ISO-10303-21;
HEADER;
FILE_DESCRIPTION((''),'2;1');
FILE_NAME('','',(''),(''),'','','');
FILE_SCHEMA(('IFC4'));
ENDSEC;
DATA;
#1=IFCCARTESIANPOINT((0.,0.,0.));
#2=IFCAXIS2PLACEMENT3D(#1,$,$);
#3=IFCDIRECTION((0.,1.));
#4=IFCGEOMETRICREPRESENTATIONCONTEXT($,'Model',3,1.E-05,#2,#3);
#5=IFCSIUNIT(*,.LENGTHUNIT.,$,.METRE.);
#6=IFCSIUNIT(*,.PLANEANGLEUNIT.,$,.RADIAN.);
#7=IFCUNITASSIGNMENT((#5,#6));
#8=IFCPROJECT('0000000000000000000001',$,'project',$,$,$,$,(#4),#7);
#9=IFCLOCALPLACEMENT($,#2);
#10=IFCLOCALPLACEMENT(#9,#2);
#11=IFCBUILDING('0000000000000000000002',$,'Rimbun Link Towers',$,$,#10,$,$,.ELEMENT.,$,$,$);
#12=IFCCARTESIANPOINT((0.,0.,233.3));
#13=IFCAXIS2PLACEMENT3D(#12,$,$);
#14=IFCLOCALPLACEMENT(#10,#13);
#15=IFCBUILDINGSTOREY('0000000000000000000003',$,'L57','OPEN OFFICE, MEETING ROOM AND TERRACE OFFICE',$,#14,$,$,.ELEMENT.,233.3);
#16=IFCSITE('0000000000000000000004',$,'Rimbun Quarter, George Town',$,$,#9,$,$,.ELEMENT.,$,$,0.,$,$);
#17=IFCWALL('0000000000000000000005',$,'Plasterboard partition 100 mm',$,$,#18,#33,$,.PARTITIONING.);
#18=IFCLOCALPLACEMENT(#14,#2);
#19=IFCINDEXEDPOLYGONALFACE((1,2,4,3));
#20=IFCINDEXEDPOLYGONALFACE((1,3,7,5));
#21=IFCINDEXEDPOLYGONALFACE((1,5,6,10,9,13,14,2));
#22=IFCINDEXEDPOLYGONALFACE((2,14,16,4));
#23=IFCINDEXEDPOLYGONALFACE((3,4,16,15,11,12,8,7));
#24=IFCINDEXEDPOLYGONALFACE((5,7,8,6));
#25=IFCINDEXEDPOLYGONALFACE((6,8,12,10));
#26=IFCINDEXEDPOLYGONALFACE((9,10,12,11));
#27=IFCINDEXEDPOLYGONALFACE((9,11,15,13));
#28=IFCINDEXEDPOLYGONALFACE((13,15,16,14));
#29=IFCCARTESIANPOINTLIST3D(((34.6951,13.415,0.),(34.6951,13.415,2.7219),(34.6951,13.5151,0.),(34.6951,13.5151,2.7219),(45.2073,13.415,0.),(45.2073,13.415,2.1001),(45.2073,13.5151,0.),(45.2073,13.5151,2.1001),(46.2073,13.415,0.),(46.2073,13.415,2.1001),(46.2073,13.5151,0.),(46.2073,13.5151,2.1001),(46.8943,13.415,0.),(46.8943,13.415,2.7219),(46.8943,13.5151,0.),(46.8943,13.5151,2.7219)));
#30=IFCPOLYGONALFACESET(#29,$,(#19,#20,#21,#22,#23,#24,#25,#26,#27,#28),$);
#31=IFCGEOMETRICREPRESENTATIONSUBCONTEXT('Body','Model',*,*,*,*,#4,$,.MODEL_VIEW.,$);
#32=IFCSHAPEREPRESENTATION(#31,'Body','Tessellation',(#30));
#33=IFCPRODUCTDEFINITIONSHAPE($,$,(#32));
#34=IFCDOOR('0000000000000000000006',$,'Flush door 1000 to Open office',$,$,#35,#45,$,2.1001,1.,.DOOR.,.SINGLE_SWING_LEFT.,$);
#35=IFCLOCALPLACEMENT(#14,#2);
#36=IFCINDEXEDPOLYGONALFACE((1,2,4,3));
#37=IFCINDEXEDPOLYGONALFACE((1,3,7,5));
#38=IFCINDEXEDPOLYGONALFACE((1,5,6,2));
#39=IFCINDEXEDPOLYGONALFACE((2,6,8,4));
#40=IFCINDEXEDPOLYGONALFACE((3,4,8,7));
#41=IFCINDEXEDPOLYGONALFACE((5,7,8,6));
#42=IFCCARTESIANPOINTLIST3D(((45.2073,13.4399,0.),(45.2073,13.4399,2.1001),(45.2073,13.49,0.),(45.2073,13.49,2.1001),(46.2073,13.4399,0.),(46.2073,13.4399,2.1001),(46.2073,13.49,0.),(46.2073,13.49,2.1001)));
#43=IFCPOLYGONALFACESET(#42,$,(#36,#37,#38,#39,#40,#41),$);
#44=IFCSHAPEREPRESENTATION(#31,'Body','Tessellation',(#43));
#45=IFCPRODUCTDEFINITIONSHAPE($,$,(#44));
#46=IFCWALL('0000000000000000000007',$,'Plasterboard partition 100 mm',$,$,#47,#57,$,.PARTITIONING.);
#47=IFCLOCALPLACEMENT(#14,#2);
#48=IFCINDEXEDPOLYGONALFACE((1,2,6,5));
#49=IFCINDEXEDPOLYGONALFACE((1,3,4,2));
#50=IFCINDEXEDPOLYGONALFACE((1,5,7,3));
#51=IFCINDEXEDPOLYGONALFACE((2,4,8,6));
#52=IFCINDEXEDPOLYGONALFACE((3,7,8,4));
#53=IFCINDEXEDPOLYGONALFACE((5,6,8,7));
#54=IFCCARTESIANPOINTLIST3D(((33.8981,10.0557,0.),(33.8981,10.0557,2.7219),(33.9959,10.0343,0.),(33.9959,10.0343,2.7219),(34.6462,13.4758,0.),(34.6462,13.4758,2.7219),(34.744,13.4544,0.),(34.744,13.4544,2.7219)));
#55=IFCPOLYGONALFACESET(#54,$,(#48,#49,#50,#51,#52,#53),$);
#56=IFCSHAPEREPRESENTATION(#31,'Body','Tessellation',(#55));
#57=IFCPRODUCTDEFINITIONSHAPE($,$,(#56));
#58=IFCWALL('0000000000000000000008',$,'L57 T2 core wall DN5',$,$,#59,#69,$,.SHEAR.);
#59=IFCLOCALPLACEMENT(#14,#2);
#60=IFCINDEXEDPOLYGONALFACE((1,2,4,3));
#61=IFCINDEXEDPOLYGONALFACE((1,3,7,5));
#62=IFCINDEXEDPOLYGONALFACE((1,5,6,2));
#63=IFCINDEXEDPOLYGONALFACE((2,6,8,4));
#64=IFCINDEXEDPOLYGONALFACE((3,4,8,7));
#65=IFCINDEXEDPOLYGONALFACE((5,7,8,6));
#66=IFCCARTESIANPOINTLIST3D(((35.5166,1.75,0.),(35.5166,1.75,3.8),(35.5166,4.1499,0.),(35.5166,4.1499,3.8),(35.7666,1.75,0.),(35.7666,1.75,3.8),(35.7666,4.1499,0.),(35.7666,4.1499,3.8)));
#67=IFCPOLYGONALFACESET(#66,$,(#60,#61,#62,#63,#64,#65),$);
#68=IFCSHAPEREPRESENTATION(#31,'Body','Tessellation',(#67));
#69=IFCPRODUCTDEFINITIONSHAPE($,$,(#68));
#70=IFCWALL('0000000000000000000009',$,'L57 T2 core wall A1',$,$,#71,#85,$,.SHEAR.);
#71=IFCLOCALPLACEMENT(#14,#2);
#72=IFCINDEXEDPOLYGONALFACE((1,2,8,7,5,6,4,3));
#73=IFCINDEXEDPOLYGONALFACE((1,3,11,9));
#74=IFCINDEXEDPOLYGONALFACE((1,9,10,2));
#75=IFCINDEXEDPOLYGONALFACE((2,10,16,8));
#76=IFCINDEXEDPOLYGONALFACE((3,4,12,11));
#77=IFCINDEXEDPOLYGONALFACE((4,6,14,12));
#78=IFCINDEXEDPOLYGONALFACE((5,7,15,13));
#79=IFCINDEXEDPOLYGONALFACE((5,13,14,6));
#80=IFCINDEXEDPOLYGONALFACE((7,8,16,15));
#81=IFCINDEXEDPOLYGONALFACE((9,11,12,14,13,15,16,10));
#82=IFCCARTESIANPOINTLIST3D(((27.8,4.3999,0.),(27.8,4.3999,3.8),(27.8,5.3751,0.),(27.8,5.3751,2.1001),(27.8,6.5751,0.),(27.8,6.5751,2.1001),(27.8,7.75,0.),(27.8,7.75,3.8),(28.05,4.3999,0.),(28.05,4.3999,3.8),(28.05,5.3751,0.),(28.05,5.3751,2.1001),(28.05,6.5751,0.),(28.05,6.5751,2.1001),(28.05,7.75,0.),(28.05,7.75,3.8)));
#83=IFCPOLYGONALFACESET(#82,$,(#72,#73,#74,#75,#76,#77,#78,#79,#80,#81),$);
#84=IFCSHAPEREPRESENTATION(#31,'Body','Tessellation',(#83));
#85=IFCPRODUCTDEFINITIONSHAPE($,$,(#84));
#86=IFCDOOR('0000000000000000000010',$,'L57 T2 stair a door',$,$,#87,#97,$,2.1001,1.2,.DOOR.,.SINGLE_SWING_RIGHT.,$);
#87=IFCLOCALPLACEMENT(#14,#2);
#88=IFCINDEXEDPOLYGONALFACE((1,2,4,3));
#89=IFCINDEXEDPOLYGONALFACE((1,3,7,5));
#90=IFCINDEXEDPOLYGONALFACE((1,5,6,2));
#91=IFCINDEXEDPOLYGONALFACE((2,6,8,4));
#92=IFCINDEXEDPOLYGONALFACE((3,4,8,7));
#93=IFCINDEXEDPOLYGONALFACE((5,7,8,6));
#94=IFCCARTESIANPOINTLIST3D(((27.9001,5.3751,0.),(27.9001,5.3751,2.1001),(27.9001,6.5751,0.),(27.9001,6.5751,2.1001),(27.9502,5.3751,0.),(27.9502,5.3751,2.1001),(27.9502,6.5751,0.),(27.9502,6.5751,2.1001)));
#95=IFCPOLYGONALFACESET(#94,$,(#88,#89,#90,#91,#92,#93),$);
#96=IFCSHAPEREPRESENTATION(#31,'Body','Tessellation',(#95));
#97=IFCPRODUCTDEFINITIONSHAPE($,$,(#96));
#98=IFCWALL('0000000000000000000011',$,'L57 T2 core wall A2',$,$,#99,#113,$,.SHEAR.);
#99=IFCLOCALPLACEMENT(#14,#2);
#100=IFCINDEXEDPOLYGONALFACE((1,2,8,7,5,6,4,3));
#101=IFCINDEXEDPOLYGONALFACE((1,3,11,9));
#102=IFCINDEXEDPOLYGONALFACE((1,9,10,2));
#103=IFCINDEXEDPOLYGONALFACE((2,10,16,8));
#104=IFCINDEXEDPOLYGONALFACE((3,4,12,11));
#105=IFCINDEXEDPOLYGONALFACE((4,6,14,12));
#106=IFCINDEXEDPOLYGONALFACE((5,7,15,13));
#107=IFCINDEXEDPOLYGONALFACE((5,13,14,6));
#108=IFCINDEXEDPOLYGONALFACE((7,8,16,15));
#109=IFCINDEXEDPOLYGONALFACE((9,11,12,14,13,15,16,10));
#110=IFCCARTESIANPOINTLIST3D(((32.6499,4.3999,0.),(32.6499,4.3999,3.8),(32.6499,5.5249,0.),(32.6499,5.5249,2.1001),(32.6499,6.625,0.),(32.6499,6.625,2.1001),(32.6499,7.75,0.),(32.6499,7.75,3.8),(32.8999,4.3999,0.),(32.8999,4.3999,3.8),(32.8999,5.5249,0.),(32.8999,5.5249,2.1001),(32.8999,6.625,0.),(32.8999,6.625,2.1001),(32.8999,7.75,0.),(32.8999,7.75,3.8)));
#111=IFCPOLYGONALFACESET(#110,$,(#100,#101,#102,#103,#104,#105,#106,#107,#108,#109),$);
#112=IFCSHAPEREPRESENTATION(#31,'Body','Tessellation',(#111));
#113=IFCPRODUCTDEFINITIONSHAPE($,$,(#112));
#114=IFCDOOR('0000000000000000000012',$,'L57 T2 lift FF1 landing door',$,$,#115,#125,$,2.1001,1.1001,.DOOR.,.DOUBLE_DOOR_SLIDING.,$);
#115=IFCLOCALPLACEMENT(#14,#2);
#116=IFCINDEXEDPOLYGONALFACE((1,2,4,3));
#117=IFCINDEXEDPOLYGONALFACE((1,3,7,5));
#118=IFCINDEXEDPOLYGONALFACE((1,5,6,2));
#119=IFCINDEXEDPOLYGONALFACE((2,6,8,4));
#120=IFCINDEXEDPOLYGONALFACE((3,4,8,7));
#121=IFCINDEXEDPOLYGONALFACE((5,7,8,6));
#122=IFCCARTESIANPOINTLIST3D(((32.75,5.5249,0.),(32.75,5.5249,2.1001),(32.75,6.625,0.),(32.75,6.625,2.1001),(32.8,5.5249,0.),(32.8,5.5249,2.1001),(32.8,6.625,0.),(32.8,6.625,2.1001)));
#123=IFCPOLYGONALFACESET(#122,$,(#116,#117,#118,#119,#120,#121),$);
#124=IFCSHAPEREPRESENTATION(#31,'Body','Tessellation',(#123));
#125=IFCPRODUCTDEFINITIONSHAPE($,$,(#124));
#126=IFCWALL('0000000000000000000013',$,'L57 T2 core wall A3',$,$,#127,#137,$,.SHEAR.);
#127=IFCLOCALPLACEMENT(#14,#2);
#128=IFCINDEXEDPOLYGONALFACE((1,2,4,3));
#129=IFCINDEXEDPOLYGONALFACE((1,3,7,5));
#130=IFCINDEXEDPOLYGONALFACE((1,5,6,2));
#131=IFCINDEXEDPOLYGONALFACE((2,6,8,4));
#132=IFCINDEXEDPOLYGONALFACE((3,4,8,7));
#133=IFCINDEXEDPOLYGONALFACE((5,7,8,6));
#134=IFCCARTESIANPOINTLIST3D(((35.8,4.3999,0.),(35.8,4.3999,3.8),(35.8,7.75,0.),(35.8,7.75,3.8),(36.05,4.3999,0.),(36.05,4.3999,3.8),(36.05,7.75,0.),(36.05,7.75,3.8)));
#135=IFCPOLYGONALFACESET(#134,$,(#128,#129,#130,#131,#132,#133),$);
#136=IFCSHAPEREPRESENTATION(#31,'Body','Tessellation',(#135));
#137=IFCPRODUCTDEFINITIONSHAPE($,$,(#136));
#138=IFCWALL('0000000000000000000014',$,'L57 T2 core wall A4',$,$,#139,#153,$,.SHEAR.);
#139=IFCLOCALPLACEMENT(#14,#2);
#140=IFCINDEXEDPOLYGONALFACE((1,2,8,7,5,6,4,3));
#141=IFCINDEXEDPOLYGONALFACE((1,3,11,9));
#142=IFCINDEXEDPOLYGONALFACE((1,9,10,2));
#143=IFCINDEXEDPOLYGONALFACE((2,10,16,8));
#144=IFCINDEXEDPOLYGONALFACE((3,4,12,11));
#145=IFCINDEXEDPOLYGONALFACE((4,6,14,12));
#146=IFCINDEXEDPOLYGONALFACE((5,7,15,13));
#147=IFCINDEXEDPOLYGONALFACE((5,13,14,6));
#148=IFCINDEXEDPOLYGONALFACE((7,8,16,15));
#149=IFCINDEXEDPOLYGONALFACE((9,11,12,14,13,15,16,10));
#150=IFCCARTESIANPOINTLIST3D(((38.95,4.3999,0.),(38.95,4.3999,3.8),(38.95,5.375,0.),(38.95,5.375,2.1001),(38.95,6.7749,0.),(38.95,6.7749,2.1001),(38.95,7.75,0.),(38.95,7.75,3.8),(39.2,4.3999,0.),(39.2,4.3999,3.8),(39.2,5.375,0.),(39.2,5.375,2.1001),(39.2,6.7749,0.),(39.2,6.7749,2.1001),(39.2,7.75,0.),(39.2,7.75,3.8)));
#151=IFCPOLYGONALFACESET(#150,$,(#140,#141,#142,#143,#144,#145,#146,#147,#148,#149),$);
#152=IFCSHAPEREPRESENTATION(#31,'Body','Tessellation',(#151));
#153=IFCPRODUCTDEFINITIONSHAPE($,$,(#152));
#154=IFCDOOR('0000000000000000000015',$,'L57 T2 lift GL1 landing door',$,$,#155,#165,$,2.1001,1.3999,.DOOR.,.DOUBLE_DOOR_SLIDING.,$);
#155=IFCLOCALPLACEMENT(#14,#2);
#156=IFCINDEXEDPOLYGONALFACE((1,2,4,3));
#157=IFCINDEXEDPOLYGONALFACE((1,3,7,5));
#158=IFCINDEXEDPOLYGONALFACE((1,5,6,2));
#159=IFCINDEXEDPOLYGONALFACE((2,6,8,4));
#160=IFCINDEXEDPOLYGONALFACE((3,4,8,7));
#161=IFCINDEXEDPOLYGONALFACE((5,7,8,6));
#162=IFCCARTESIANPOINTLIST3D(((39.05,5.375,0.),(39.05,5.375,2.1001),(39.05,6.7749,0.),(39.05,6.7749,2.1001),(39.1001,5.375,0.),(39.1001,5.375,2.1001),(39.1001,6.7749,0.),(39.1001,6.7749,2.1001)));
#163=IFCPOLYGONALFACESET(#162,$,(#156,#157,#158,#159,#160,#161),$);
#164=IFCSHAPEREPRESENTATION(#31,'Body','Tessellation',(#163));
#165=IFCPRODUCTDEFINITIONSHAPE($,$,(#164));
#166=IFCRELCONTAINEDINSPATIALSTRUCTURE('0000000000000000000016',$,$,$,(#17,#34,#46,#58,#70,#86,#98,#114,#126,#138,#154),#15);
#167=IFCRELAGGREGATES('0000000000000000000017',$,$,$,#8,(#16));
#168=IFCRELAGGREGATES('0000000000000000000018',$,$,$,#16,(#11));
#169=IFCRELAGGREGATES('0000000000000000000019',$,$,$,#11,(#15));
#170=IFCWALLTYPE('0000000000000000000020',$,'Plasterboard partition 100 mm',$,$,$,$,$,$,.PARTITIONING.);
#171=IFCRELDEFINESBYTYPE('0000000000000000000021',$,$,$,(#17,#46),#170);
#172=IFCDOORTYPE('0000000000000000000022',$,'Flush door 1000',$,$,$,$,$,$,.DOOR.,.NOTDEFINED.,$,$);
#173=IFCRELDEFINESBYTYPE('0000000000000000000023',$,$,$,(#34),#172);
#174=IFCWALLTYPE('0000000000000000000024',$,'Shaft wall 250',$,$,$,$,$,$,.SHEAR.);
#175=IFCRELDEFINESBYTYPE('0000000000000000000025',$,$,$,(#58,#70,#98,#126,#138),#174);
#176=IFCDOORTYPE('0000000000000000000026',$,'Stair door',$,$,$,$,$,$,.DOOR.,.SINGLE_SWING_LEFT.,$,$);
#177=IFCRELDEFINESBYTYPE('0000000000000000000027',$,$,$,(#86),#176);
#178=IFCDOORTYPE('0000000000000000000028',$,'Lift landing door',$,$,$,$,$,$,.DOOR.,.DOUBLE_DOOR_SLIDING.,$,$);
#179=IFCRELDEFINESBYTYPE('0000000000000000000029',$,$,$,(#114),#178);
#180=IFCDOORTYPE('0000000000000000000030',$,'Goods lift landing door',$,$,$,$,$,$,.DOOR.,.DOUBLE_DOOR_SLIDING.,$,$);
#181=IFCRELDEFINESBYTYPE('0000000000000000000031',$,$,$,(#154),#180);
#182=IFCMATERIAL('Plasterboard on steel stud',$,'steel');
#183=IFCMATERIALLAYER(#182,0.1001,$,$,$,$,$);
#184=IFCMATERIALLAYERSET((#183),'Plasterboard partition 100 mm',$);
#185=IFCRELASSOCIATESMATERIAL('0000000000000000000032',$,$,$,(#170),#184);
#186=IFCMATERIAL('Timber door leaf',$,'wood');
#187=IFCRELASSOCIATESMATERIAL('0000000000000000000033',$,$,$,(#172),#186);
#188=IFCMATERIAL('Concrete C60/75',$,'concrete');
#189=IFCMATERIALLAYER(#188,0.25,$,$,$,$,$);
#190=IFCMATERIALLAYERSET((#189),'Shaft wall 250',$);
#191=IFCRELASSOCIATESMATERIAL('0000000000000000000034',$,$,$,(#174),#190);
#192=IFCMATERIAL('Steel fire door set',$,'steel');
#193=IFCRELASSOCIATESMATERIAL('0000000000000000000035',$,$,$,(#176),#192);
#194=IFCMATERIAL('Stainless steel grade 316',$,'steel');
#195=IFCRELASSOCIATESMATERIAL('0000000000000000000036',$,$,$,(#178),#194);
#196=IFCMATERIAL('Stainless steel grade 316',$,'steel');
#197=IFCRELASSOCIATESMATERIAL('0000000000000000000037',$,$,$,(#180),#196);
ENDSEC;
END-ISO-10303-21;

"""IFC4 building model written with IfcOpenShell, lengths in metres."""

from ifc_helpers import new_model, si_unit, direction, frame, frame_2d, origin, place, context, subcontext, project, spatial, rectangle, extrude, material, layer, layer_set, type_object, element, fill, save


model = new_model("IFC4")

# Units and contexts
model_context = context("Model", 3, precision=1e-05, world=origin(), true_north=direction((0.0, 1.0)))
body_context = subcontext(model_context, "Body", "Model", "MODEL_VIEW")
ifc_project = project(units=[si_unit("LENGTHUNIT", "METRE"), si_unit("PLANEANGLEUNIT", "RADIAN")], contexts=[model_context])

# Site, building, storey
site_placement = place(None, origin())
site = spatial("IfcSite", under=ifc_project, at=site_placement, Name="Rimbun Quarter, George Town", CompositionType="ELEMENT", RefElevation=0.0)
building_placement = place(site_placement, origin())
building = spatial("IfcBuilding", under=site, at=building_placement, Name="Rimbun Link Towers", CompositionType="ELEMENT")
storey_placement = place(building_placement, frame((0.0, 0.0, 233.3)))
storey = spatial("IfcBuildingStorey", under=building, at=storey_placement, Name="L57", Description="OPEN OFFICE, MEETING ROOM AND TERRACE OFFICE", CompositionType="ELEMENT", Elevation=233.3)

# Wall, opening, door
ifc_material_1 = material(Name="Plasterboard on steel stud", Category="steel")
ifc_layer_1 = layer(ifc_material_1, 0.1001)
ifc_layer_set_1 = layer_set([ifc_layer_1], Name="Plasterboard partition 100 mm")
wall_type_1 = type_object("IfcWallType", Name="Plasterboard partition 100 mm", PredefinedType="PARTITIONING", material=ifc_layer_set_1)
wall_1_placement = place(storey_placement, frame((34.6951, 13.4651, 0.0), z_axis=(0.0, 0.0, 1.0), x_axis=(1.0, 0.0, 0.0)))
wall_1 = element("IfcWall", 1, at=wall_1_placement, inside=storey, type_object=wall_type_1, Name="Plasterboard partition 100 mm", PredefinedType="PARTITIONING", context=body_context, shape_type="SweptSolid", body=[
    extrude(rectangle(XDim=12.1992, YDim=0.1001, at=frame_2d((6.0996, 0.0))), origin(), (0.0, 0.0, 1.0), 2.7219),
])
opening_1_placement = place(wall_1_placement, frame((10.5122, 0.0, 0.0)))
opening_1 = element("IfcOpeningElement", 2, at=opening_1_placement, cuts=wall_1, PredefinedType="OPENING", context=body_context, shape_type="SweptSolid", body=[
    extrude(rectangle(XDim=1.0, YDim=2.1001, at=frame_2d((0.5, 1.05))), frame((0.0, 0.0601, 0.0), z_axis=(0.0, -1.0, 0.0), x_axis=(1.0, 0.0, 0.0)), (0.0, 0.0, 1.0), 0.1201),
])
ifc_material_2 = material(Name="Timber door leaf", Category="wood")
door_type_1 = type_object("IfcDoorType", Name="Flush door 1000", OperationType="NOTDEFINED", PredefinedType="DOOR", material=ifc_material_2)
door_1_placement = place(opening_1_placement, origin())
door_1 = element("IfcDoor", 3, at=door_1_placement, inside=storey, type_object=door_type_1, Name="Flush door 1000 to Open office", OperationType="SINGLE_SWING_LEFT", OverallHeight=2.1001, OverallWidth=1.0, PredefinedType="DOOR", context=body_context, shape_type="SweptSolid", body=[
    extrude(rectangle(XDim=1.0, YDim=2.1001, at=frame_2d((0.5, 1.05))), frame((0.0, 0.0249, 0.0), z_axis=(0.0, -1.0, 0.0), x_axis=(1.0, 0.0, 0.0)), (0.0, 0.0, 1.0), 0.05),
])
fill(opening_1, door_1)

# Walls
wall_2_placement = place(storey_placement, frame((34.6951, 13.4651, 0.0), z_axis=(0.0, 0.0, 1.0), x_axis=(-0.213666, -0.976907, 0.0)))
element("IfcWall", 4, at=wall_2_placement, inside=storey, type_object=wall_type_1, Name="Plasterboard partition 100 mm", PredefinedType="PARTITIONING", context=body_context, shape_type="SweptSolid", body=[
    extrude(rectangle(XDim=3.501, YDim=0.1001, at=frame_2d((1.7505, 0.0))), origin(), (0.0, 0.0, 1.0), 2.7219),
])
ifc_material_3 = material(Name="Concrete C60/75", Category="concrete")
ifc_layer_2 = layer(ifc_material_3, 0.25)
ifc_layer_set_2 = layer_set([ifc_layer_2], Name="Shaft wall 250")
wall_type_2 = type_object("IfcWallType", Name="Shaft wall 250", PredefinedType="SHEAR", material=ifc_layer_set_2)
wall_3_placement = place(storey_placement, frame((35.6416, 1.75, 0.0), z_axis=(0.0, 0.0, 1.0), x_axis=(0.0, 1.0, 0.0)))
element("IfcWall", 5, at=wall_3_placement, inside=storey, type_object=wall_type_2, Name="L57 T2 core wall DN5", PredefinedType="SHEAR", context=body_context, shape_type="SweptSolid", body=[
    extrude(rectangle(XDim=2.3999, YDim=0.25, at=frame_2d((1.2, 0.0))), origin(), (0.0, 0.0, 1.0), 3.8),
])

# Walls, openings, doors
wall_4_placement = place(storey_placement, frame((27.925, 4.3999, 0.0), z_axis=(0.0, 0.0, 1.0), x_axis=(0.0, 1.0, 0.0)))
wall_4 = element("IfcWall", 6, at=wall_4_placement, inside=storey, type_object=wall_type_2, Name="L57 T2 core wall A1", PredefinedType="SHEAR", context=body_context, shape_type="SweptSolid", body=[
    extrude(rectangle(XDim=3.3501, YDim=0.25, at=frame_2d((1.675, 0.0))), origin(), (0.0, 0.0, 1.0), 3.8),
])
opening_2_placement = place(wall_4_placement, frame((0.9751, 0.0, 0.0)))
opening_2 = element("IfcOpeningElement", 7, at=opening_2_placement, cuts=wall_4, PredefinedType="OPENING", context=body_context, shape_type="SweptSolid", body=[
    extrude(rectangle(XDim=1.2, YDim=2.1001, at=frame_2d((0.6001, 1.05))), frame((0.0, 0.135, 0.0), z_axis=(0.0, -1.0, 0.0), x_axis=(1.0, 0.0, 0.0)), (0.0, 0.0, 1.0), 0.27),
])
ifc_material_4 = material(Name="Steel fire door set", Category="steel")
door_type_2 = type_object("IfcDoorType", Name="Stair door", OperationType="SINGLE_SWING_LEFT", PredefinedType="DOOR", material=ifc_material_4)
door_2_placement = place(opening_2_placement, origin())
door_2 = element("IfcDoor", 8, at=door_2_placement, inside=storey, type_object=door_type_2, Name="L57 T2 stair a door", OperationType="SINGLE_SWING_RIGHT", OverallHeight=2.1001, OverallWidth=1.2, PredefinedType="DOOR", context=body_context, shape_type="SweptSolid", body=[
    extrude(rectangle(XDim=1.2, YDim=2.1001, at=frame_2d((0.6001, 1.05))), frame((0.0, 0.0249, 0.0), z_axis=(0.0, -1.0, 0.0), x_axis=(1.0, 0.0, 0.0)), (0.0, 0.0, 1.0), 0.05),
])
fill(opening_2, door_2)
wall_5_placement = place(storey_placement, frame((32.7749, 4.3999, 0.0), z_axis=(0.0, 0.0, 1.0), x_axis=(0.0, 1.0, 0.0)))
wall_5 = element("IfcWall", 9, at=wall_5_placement, inside=storey, type_object=wall_type_2, Name="L57 T2 core wall A2", PredefinedType="SHEAR", context=body_context, shape_type="SweptSolid", body=[
    extrude(rectangle(XDim=3.3501, YDim=0.25, at=frame_2d((1.675, 0.0))), origin(), (0.0, 0.0, 1.0), 3.8),
])
opening_3_placement = place(wall_5_placement, frame((1.125, 0.0, 0.0)))
opening_3 = element("IfcOpeningElement", 10, at=opening_3_placement, cuts=wall_5, PredefinedType="OPENING", context=body_context, shape_type="SweptSolid", body=[
    extrude(rectangle(XDim=1.1001, YDim=2.1001, at=frame_2d((0.55, 1.05))), frame((0.0, 0.135, 0.0), z_axis=(0.0, -1.0, 0.0), x_axis=(1.0, 0.0, 0.0)), (0.0, 0.0, 1.0), 0.27),
])
ifc_material_5 = material(Name="Stainless steel grade 316", Category="steel")
door_type_3 = type_object("IfcDoorType", Name="Lift landing door", OperationType="DOUBLE_DOOR_SLIDING", PredefinedType="DOOR", material=ifc_material_5)
door_3_placement = place(opening_3_placement, origin())
door_3 = element("IfcDoor", 11, at=door_3_placement, inside=storey, type_object=door_type_3, Name="L57 T2 lift FF1 landing door", OperationType="DOUBLE_DOOR_SLIDING", OverallHeight=2.1001, OverallWidth=1.1001, PredefinedType="DOOR", context=body_context, shape_type="SweptSolid", body=[
    extrude(rectangle(XDim=1.1001, YDim=2.1001, at=frame_2d((0.55, 1.05))), frame((0.0, 0.0249, 0.0), z_axis=(0.0, -1.0, 0.0), x_axis=(1.0, 0.0, 0.0)), (0.0, 0.0, 1.0), 0.05),
])
fill(opening_3, door_3)

# Wall
wall_6_placement = place(storey_placement, frame((35.925, 4.3999, 0.0), z_axis=(0.0, 0.0, 1.0), x_axis=(0.0, 1.0, 0.0)))
element("IfcWall", 12, at=wall_6_placement, inside=storey, type_object=wall_type_2, Name="L57 T2 core wall A3", PredefinedType="SHEAR", context=body_context, shape_type="SweptSolid", body=[
    extrude(rectangle(XDim=3.3501, YDim=0.25, at=frame_2d((1.675, 0.0))), origin(), (0.0, 0.0, 1.0), 3.8),
])

# Wall, opening, door
wall_7_placement = place(storey_placement, frame((39.075, 4.3999, 0.0), z_axis=(0.0, 0.0, 1.0), x_axis=(0.0, 1.0, 0.0)))
wall_7 = element("IfcWall", 13, at=wall_7_placement, inside=storey, type_object=wall_type_2, Name="L57 T2 core wall A4", PredefinedType="SHEAR", context=body_context, shape_type="SweptSolid", body=[
    extrude(rectangle(XDim=3.3501, YDim=0.25, at=frame_2d((1.675, 0.0))), origin(), (0.0, 0.0, 1.0), 3.8),
])
opening_4_placement = place(wall_7_placement, frame((0.9751, 0.0, 0.0)))
opening_4 = element("IfcOpeningElement", 14, at=opening_4_placement, cuts=wall_7, PredefinedType="OPENING", context=body_context, shape_type="SweptSolid", body=[
    extrude(rectangle(XDim=1.3999, YDim=2.1001, at=frame_2d((0.7, 1.05))), frame((0.0, 0.135, 0.0), z_axis=(0.0, -1.0, 0.0), x_axis=(1.0, 0.0, 0.0)), (0.0, 0.0, 1.0), 0.27),
])
ifc_material_6 = material(Name="Stainless steel grade 316", Category="steel")
door_type_4 = type_object("IfcDoorType", Name="Goods lift landing door", OperationType="DOUBLE_DOOR_SLIDING", PredefinedType="DOOR", material=ifc_material_6)
door_4_placement = place(opening_4_placement, origin())
door_4 = element("IfcDoor", 15, at=door_4_placement, inside=storey, type_object=door_type_4, Name="L57 T2 lift GL1 landing door", OperationType="DOUBLE_DOOR_SLIDING", OverallHeight=2.1001, OverallWidth=1.3999, PredefinedType="DOOR", context=body_context, shape_type="SweptSolid", body=[
    extrude(rectangle(XDim=1.3999, YDim=2.1001, at=frame_2d((0.7, 1.05))), frame((0.0, 0.0249, 0.0), z_axis=(0.0, -1.0, 0.0), x_axis=(1.0, 0.0, 0.0)), (0.0, 0.0, 1.0), 0.05),
])
fill(opening_4, door_4)

save(model, "model.ifc")
